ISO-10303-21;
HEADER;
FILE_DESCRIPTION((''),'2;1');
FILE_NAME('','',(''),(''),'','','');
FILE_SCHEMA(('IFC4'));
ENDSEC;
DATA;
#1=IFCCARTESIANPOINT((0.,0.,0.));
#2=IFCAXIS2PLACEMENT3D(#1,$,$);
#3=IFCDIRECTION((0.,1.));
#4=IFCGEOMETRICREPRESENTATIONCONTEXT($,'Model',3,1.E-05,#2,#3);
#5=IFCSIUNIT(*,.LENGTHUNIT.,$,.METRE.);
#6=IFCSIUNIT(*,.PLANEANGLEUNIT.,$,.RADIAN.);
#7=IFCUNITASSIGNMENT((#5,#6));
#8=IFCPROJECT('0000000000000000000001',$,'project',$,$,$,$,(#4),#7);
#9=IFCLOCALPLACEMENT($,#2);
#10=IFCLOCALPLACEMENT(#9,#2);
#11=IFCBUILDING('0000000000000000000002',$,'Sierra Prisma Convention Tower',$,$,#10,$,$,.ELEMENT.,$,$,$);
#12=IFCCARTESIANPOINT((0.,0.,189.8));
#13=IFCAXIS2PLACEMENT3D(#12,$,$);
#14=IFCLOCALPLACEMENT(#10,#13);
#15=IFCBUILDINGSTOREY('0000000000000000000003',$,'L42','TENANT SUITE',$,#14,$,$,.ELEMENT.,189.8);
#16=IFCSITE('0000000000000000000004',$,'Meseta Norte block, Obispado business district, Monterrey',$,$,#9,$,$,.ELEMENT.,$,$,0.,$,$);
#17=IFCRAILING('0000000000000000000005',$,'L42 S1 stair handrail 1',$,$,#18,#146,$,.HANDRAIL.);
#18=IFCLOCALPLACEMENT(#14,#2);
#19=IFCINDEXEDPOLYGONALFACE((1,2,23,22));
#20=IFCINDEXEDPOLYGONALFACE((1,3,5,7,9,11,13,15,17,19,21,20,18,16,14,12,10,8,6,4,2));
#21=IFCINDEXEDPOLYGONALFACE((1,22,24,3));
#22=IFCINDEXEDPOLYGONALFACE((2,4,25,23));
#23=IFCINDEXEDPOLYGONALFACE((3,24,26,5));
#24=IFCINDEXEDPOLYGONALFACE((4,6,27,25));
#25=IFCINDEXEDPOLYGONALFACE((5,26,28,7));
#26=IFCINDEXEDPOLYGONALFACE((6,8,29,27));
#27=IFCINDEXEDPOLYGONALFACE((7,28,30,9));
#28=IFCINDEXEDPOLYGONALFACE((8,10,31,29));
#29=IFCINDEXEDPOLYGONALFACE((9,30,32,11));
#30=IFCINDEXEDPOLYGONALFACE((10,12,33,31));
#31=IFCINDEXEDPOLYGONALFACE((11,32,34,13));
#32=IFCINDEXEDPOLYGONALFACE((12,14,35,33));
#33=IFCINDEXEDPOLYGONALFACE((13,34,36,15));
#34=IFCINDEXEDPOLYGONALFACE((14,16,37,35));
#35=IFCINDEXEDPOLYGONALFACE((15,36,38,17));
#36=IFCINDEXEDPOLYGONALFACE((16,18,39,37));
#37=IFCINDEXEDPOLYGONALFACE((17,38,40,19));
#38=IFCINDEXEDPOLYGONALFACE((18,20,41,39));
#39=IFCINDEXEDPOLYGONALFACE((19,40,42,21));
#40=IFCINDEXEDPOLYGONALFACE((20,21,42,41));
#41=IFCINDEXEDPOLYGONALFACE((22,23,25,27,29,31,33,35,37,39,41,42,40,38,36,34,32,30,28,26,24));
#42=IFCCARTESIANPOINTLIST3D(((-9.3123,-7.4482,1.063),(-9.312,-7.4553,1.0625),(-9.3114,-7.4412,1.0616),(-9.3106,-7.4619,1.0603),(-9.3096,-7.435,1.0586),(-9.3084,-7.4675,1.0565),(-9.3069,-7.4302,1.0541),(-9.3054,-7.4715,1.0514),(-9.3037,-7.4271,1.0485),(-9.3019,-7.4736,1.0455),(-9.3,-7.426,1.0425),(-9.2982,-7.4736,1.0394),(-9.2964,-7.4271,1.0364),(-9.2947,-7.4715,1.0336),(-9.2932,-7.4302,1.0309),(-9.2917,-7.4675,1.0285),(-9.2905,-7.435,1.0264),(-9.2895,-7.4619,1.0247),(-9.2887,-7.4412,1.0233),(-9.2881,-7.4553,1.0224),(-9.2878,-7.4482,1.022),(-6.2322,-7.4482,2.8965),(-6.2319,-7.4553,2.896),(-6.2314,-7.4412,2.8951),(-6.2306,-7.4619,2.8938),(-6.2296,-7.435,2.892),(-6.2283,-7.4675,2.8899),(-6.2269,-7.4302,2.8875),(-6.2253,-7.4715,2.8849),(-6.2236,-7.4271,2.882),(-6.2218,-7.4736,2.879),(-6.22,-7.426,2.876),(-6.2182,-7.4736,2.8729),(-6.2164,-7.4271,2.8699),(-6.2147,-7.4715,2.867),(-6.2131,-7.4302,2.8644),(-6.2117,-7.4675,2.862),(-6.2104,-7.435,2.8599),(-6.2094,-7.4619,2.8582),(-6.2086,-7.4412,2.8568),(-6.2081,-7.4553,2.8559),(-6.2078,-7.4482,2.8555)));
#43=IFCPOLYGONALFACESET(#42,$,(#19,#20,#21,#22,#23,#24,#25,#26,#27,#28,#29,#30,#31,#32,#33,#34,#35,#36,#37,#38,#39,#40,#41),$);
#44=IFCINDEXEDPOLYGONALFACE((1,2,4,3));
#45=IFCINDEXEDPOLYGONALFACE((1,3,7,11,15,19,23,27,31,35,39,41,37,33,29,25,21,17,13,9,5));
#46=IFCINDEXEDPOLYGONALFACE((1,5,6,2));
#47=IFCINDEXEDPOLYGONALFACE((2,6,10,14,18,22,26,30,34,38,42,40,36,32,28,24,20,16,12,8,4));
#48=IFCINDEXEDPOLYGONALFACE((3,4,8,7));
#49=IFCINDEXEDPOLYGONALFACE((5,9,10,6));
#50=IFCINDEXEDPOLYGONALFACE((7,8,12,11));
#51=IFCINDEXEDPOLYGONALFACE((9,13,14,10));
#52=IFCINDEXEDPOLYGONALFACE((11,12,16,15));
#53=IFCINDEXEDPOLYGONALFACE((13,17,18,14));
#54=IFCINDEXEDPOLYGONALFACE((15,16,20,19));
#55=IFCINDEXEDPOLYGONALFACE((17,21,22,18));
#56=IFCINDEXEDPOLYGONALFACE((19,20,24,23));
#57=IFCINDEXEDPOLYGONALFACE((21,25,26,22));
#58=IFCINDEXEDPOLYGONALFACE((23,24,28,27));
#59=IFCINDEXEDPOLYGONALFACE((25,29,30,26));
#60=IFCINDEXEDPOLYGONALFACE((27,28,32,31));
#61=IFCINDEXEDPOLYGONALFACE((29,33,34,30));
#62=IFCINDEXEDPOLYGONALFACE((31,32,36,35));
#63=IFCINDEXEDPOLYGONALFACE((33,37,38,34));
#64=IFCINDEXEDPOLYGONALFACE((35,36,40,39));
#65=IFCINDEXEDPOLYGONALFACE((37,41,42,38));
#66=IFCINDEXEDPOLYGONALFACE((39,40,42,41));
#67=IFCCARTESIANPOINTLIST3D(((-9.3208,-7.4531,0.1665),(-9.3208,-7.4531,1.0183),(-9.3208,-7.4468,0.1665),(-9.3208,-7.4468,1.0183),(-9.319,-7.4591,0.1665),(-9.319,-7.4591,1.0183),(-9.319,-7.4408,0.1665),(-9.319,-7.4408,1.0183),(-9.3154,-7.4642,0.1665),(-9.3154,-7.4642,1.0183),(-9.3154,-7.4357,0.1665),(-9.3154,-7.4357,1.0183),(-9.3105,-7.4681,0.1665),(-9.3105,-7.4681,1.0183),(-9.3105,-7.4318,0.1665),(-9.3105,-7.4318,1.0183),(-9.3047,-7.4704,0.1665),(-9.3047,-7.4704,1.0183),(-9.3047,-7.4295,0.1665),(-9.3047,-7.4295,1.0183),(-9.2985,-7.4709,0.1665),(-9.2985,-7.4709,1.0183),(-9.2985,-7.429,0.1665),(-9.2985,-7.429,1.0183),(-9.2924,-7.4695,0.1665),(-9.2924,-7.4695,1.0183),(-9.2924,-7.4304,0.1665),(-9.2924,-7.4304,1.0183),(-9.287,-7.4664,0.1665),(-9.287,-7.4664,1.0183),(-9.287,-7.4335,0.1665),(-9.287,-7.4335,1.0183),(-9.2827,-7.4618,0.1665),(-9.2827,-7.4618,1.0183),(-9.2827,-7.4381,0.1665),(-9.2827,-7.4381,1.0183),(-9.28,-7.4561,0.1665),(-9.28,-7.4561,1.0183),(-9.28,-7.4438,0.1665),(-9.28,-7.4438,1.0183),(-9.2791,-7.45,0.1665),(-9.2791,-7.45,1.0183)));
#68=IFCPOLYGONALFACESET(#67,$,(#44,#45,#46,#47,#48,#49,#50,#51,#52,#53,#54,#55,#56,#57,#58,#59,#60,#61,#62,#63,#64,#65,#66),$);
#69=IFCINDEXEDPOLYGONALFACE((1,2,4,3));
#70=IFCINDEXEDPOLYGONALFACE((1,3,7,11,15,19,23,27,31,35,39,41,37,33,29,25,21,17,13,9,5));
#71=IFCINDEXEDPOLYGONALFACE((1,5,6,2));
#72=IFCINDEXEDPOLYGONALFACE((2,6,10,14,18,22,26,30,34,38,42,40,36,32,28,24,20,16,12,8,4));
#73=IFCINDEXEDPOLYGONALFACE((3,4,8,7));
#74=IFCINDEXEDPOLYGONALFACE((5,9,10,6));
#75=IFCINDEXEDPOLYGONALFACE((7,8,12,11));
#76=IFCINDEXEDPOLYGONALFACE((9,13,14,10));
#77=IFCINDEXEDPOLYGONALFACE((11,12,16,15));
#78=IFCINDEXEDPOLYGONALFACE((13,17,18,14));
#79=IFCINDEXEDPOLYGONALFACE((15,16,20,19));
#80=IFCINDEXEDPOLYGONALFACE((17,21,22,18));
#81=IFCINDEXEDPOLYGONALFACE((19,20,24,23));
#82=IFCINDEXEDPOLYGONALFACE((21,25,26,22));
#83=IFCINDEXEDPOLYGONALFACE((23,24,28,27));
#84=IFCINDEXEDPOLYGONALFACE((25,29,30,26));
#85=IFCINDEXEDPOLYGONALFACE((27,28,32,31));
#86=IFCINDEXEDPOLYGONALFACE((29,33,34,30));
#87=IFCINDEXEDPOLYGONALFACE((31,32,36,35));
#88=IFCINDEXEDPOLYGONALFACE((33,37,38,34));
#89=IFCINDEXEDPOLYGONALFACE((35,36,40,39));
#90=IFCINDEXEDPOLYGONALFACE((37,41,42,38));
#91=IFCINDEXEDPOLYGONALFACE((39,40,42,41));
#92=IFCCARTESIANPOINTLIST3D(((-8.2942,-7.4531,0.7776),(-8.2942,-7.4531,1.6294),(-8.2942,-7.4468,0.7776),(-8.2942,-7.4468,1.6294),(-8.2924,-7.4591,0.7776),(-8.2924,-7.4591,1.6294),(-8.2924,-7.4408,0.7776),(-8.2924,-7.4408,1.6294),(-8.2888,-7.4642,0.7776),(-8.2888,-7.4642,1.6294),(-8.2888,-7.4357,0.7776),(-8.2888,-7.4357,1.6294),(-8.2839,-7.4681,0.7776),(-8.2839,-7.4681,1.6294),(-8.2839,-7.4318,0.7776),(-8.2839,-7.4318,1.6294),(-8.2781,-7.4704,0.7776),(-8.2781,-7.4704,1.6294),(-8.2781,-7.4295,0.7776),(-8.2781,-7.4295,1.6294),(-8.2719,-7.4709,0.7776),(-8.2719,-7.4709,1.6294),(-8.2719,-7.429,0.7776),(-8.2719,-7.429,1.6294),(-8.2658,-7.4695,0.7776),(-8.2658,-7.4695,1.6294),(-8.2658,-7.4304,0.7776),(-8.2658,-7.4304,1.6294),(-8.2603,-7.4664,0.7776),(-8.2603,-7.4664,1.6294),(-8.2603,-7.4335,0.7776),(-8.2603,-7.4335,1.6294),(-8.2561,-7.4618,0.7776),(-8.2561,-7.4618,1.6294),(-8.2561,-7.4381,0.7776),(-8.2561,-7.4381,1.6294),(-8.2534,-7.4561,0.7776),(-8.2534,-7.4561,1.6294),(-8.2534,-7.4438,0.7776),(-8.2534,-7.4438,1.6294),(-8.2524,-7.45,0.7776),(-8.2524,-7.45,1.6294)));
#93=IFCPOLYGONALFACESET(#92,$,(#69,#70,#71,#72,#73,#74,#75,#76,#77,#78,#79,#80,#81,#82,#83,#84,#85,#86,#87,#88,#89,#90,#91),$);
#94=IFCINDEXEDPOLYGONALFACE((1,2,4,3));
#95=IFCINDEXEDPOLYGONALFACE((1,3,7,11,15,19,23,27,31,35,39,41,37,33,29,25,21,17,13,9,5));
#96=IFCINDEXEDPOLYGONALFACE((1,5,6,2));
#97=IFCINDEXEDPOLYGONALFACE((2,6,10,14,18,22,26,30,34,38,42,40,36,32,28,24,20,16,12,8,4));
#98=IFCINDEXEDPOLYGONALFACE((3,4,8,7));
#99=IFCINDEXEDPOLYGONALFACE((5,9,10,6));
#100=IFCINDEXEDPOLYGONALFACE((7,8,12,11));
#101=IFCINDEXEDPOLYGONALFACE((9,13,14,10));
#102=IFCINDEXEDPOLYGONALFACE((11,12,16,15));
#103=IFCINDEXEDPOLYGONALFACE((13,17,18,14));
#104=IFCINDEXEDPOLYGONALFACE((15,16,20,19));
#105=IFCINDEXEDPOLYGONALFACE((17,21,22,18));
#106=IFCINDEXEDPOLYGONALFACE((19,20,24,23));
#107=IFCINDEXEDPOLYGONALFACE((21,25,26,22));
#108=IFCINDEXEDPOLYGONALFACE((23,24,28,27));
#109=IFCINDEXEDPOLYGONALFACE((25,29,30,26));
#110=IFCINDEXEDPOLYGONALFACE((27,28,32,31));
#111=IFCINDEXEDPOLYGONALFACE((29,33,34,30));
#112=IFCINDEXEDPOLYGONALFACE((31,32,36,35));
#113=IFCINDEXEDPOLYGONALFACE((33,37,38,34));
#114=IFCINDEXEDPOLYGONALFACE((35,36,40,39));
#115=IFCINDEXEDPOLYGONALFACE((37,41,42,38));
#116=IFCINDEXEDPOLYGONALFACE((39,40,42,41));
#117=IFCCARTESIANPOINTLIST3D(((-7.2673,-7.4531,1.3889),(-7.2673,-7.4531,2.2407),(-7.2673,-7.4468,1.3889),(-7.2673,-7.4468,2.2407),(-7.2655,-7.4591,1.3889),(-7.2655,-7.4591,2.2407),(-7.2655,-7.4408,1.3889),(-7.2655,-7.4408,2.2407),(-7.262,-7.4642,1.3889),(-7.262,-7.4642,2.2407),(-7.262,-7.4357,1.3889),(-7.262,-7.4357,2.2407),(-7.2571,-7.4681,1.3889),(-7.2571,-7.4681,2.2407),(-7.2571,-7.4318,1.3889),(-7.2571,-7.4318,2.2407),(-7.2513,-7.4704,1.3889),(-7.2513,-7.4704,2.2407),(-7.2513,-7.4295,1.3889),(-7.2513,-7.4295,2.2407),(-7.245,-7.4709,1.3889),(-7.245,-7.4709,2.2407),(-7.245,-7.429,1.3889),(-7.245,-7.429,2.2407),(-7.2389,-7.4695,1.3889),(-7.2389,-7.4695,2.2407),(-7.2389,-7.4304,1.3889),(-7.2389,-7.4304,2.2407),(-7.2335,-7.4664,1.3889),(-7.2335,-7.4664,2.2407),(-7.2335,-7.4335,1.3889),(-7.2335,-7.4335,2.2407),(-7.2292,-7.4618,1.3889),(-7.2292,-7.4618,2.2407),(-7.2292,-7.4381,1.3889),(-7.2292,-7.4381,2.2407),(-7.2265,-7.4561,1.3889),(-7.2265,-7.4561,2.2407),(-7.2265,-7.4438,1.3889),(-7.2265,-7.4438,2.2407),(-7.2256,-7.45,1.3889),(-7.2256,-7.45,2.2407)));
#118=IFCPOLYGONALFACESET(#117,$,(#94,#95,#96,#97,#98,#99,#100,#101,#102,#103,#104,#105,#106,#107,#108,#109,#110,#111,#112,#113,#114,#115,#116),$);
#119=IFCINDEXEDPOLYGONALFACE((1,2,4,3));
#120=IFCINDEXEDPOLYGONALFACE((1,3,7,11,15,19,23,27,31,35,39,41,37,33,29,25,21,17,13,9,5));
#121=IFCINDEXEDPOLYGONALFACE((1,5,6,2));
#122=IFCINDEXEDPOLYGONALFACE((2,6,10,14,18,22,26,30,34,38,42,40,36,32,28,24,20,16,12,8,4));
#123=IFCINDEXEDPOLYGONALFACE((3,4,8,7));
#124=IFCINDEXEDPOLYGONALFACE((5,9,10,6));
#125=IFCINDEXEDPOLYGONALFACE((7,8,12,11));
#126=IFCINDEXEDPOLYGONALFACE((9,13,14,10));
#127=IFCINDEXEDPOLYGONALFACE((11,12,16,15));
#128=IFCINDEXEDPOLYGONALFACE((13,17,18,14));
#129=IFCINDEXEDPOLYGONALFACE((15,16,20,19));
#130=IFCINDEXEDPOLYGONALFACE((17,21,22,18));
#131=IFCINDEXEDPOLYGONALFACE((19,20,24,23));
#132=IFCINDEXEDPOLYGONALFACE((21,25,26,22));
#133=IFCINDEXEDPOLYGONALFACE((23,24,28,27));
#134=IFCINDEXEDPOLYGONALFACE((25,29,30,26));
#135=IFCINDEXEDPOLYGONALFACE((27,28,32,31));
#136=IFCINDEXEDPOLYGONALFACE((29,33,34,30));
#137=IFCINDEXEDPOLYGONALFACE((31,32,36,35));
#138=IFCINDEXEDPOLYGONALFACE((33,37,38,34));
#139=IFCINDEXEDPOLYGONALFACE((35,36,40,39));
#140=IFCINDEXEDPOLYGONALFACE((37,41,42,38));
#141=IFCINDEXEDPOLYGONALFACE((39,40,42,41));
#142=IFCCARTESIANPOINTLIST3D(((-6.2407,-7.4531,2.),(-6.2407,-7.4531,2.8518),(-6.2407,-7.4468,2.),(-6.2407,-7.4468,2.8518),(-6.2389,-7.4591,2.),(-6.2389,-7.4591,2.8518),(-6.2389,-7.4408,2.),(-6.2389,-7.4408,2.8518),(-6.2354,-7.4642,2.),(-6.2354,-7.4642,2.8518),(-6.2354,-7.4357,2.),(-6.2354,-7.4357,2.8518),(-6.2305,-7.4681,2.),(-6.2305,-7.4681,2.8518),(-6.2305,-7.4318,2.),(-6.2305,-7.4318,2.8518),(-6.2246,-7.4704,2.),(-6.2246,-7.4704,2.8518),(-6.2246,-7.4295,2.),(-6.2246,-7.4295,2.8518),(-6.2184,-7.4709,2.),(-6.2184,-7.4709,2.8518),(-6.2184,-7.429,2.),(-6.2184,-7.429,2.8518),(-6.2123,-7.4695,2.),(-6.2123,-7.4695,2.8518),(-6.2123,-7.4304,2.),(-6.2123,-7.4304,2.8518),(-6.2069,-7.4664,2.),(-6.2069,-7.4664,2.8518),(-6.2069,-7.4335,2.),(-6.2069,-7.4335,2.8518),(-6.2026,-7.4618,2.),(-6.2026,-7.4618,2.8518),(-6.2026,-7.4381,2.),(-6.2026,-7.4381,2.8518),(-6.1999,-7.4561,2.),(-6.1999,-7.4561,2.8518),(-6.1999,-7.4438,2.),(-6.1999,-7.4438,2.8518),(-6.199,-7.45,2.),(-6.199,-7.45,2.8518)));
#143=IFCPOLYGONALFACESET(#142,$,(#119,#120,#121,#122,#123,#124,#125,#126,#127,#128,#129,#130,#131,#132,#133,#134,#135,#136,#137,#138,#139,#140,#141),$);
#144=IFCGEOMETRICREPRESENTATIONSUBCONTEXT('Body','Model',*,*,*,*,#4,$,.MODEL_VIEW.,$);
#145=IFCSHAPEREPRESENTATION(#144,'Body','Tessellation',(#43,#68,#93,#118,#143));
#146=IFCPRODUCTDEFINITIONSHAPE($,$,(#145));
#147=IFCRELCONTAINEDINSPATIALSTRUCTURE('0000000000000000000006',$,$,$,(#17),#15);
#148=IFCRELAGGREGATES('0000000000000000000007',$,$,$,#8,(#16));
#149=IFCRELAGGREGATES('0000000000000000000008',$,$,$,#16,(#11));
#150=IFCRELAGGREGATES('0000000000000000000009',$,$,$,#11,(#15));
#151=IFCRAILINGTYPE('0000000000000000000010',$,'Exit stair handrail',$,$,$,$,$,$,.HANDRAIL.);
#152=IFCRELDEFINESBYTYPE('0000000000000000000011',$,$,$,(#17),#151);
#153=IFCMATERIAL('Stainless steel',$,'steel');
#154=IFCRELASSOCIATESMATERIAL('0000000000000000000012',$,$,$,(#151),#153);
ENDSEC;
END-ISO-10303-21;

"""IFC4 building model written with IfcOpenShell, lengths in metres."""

from ifc_helpers import new_model, si_unit, direction, frame, origin, origin_2d, place, context, subcontext, project, spatial, circle, extrude, material, type_object, element, save


model = new_model("IFC4")

# Units and contexts
model_context = context("Model", 3, precision=1e-05, world=origin(), true_north=direction((0.0, 1.0)))
body_context = subcontext(model_context, "Body", "Model", "MODEL_VIEW")
ifc_project = project(units=[si_unit("LENGTHUNIT", "METRE"), si_unit("PLANEANGLEUNIT", "RADIAN")], contexts=[model_context])

# Site, building, storey
site_placement = place(None, origin())
site = spatial("IfcSite", under=ifc_project, at=site_placement, Name="Meseta Norte block, Obispado business district, Monterrey", CompositionType="ELEMENT", RefElevation=0.0)
building_placement = place(site_placement, origin())
building = spatial("IfcBuilding", under=site, at=building_placement, Name="Sierra Prisma Convention Tower", CompositionType="ELEMENT")
storey_placement = place(building_placement, frame((0.0, 0.0, 189.8)))
storey = spatial("IfcBuildingStorey", under=building, at=storey_placement, Name="L42", Description="TENANT SUITE", CompositionType="ELEMENT", Elevation=189.8)

# Railing
ifc_material_1 = material(Name="Stainless steel", Category="steel")
railing_type_1 = type_object("IfcRailingType", Name="Exit stair handrail", PredefinedType="HANDRAIL", material=ifc_material_1)
railing_1_placement = place(storey_placement, frame((-9.3, -7.45, 0.1665)))
element("IfcRailing", 1, at=railing_1_placement, inside=storey, type_object=railing_type_1, Name="L42 S1 stair handrail 1", PredefinedType="HANDRAIL", context=body_context, shape_type="SweptSolid", body=[
    extrude(circle(Radius=0.0239, at=origin_2d()), frame((0.0, 0.0, 0.876), z_axis=(0.859279, 0.0, 0.511508), x_axis=(0.0, 1.0, 0.0)), (0.0, 0.0, 1.0), 3.5845),
    extrude(circle(Radius=0.021, at=origin_2d()), origin(), (0.0, 0.0, 1.0), 0.8518),
    extrude(circle(Radius=0.021, at=origin_2d()), frame((1.0266, 0.0, 0.6111)), (0.0, 0.0, 1.0), 0.8518),
    extrude(circle(Radius=0.021, at=origin_2d()), frame((2.0535, 0.0, 1.2224)), (0.0, 0.0, 1.0), 0.8518),
    extrude(circle(Radius=0.021, at=origin_2d()), frame((3.0801, 0.0, 1.8335)), (0.0, 0.0, 1.0), 0.8518),
])

save(model, "model.ifc")
